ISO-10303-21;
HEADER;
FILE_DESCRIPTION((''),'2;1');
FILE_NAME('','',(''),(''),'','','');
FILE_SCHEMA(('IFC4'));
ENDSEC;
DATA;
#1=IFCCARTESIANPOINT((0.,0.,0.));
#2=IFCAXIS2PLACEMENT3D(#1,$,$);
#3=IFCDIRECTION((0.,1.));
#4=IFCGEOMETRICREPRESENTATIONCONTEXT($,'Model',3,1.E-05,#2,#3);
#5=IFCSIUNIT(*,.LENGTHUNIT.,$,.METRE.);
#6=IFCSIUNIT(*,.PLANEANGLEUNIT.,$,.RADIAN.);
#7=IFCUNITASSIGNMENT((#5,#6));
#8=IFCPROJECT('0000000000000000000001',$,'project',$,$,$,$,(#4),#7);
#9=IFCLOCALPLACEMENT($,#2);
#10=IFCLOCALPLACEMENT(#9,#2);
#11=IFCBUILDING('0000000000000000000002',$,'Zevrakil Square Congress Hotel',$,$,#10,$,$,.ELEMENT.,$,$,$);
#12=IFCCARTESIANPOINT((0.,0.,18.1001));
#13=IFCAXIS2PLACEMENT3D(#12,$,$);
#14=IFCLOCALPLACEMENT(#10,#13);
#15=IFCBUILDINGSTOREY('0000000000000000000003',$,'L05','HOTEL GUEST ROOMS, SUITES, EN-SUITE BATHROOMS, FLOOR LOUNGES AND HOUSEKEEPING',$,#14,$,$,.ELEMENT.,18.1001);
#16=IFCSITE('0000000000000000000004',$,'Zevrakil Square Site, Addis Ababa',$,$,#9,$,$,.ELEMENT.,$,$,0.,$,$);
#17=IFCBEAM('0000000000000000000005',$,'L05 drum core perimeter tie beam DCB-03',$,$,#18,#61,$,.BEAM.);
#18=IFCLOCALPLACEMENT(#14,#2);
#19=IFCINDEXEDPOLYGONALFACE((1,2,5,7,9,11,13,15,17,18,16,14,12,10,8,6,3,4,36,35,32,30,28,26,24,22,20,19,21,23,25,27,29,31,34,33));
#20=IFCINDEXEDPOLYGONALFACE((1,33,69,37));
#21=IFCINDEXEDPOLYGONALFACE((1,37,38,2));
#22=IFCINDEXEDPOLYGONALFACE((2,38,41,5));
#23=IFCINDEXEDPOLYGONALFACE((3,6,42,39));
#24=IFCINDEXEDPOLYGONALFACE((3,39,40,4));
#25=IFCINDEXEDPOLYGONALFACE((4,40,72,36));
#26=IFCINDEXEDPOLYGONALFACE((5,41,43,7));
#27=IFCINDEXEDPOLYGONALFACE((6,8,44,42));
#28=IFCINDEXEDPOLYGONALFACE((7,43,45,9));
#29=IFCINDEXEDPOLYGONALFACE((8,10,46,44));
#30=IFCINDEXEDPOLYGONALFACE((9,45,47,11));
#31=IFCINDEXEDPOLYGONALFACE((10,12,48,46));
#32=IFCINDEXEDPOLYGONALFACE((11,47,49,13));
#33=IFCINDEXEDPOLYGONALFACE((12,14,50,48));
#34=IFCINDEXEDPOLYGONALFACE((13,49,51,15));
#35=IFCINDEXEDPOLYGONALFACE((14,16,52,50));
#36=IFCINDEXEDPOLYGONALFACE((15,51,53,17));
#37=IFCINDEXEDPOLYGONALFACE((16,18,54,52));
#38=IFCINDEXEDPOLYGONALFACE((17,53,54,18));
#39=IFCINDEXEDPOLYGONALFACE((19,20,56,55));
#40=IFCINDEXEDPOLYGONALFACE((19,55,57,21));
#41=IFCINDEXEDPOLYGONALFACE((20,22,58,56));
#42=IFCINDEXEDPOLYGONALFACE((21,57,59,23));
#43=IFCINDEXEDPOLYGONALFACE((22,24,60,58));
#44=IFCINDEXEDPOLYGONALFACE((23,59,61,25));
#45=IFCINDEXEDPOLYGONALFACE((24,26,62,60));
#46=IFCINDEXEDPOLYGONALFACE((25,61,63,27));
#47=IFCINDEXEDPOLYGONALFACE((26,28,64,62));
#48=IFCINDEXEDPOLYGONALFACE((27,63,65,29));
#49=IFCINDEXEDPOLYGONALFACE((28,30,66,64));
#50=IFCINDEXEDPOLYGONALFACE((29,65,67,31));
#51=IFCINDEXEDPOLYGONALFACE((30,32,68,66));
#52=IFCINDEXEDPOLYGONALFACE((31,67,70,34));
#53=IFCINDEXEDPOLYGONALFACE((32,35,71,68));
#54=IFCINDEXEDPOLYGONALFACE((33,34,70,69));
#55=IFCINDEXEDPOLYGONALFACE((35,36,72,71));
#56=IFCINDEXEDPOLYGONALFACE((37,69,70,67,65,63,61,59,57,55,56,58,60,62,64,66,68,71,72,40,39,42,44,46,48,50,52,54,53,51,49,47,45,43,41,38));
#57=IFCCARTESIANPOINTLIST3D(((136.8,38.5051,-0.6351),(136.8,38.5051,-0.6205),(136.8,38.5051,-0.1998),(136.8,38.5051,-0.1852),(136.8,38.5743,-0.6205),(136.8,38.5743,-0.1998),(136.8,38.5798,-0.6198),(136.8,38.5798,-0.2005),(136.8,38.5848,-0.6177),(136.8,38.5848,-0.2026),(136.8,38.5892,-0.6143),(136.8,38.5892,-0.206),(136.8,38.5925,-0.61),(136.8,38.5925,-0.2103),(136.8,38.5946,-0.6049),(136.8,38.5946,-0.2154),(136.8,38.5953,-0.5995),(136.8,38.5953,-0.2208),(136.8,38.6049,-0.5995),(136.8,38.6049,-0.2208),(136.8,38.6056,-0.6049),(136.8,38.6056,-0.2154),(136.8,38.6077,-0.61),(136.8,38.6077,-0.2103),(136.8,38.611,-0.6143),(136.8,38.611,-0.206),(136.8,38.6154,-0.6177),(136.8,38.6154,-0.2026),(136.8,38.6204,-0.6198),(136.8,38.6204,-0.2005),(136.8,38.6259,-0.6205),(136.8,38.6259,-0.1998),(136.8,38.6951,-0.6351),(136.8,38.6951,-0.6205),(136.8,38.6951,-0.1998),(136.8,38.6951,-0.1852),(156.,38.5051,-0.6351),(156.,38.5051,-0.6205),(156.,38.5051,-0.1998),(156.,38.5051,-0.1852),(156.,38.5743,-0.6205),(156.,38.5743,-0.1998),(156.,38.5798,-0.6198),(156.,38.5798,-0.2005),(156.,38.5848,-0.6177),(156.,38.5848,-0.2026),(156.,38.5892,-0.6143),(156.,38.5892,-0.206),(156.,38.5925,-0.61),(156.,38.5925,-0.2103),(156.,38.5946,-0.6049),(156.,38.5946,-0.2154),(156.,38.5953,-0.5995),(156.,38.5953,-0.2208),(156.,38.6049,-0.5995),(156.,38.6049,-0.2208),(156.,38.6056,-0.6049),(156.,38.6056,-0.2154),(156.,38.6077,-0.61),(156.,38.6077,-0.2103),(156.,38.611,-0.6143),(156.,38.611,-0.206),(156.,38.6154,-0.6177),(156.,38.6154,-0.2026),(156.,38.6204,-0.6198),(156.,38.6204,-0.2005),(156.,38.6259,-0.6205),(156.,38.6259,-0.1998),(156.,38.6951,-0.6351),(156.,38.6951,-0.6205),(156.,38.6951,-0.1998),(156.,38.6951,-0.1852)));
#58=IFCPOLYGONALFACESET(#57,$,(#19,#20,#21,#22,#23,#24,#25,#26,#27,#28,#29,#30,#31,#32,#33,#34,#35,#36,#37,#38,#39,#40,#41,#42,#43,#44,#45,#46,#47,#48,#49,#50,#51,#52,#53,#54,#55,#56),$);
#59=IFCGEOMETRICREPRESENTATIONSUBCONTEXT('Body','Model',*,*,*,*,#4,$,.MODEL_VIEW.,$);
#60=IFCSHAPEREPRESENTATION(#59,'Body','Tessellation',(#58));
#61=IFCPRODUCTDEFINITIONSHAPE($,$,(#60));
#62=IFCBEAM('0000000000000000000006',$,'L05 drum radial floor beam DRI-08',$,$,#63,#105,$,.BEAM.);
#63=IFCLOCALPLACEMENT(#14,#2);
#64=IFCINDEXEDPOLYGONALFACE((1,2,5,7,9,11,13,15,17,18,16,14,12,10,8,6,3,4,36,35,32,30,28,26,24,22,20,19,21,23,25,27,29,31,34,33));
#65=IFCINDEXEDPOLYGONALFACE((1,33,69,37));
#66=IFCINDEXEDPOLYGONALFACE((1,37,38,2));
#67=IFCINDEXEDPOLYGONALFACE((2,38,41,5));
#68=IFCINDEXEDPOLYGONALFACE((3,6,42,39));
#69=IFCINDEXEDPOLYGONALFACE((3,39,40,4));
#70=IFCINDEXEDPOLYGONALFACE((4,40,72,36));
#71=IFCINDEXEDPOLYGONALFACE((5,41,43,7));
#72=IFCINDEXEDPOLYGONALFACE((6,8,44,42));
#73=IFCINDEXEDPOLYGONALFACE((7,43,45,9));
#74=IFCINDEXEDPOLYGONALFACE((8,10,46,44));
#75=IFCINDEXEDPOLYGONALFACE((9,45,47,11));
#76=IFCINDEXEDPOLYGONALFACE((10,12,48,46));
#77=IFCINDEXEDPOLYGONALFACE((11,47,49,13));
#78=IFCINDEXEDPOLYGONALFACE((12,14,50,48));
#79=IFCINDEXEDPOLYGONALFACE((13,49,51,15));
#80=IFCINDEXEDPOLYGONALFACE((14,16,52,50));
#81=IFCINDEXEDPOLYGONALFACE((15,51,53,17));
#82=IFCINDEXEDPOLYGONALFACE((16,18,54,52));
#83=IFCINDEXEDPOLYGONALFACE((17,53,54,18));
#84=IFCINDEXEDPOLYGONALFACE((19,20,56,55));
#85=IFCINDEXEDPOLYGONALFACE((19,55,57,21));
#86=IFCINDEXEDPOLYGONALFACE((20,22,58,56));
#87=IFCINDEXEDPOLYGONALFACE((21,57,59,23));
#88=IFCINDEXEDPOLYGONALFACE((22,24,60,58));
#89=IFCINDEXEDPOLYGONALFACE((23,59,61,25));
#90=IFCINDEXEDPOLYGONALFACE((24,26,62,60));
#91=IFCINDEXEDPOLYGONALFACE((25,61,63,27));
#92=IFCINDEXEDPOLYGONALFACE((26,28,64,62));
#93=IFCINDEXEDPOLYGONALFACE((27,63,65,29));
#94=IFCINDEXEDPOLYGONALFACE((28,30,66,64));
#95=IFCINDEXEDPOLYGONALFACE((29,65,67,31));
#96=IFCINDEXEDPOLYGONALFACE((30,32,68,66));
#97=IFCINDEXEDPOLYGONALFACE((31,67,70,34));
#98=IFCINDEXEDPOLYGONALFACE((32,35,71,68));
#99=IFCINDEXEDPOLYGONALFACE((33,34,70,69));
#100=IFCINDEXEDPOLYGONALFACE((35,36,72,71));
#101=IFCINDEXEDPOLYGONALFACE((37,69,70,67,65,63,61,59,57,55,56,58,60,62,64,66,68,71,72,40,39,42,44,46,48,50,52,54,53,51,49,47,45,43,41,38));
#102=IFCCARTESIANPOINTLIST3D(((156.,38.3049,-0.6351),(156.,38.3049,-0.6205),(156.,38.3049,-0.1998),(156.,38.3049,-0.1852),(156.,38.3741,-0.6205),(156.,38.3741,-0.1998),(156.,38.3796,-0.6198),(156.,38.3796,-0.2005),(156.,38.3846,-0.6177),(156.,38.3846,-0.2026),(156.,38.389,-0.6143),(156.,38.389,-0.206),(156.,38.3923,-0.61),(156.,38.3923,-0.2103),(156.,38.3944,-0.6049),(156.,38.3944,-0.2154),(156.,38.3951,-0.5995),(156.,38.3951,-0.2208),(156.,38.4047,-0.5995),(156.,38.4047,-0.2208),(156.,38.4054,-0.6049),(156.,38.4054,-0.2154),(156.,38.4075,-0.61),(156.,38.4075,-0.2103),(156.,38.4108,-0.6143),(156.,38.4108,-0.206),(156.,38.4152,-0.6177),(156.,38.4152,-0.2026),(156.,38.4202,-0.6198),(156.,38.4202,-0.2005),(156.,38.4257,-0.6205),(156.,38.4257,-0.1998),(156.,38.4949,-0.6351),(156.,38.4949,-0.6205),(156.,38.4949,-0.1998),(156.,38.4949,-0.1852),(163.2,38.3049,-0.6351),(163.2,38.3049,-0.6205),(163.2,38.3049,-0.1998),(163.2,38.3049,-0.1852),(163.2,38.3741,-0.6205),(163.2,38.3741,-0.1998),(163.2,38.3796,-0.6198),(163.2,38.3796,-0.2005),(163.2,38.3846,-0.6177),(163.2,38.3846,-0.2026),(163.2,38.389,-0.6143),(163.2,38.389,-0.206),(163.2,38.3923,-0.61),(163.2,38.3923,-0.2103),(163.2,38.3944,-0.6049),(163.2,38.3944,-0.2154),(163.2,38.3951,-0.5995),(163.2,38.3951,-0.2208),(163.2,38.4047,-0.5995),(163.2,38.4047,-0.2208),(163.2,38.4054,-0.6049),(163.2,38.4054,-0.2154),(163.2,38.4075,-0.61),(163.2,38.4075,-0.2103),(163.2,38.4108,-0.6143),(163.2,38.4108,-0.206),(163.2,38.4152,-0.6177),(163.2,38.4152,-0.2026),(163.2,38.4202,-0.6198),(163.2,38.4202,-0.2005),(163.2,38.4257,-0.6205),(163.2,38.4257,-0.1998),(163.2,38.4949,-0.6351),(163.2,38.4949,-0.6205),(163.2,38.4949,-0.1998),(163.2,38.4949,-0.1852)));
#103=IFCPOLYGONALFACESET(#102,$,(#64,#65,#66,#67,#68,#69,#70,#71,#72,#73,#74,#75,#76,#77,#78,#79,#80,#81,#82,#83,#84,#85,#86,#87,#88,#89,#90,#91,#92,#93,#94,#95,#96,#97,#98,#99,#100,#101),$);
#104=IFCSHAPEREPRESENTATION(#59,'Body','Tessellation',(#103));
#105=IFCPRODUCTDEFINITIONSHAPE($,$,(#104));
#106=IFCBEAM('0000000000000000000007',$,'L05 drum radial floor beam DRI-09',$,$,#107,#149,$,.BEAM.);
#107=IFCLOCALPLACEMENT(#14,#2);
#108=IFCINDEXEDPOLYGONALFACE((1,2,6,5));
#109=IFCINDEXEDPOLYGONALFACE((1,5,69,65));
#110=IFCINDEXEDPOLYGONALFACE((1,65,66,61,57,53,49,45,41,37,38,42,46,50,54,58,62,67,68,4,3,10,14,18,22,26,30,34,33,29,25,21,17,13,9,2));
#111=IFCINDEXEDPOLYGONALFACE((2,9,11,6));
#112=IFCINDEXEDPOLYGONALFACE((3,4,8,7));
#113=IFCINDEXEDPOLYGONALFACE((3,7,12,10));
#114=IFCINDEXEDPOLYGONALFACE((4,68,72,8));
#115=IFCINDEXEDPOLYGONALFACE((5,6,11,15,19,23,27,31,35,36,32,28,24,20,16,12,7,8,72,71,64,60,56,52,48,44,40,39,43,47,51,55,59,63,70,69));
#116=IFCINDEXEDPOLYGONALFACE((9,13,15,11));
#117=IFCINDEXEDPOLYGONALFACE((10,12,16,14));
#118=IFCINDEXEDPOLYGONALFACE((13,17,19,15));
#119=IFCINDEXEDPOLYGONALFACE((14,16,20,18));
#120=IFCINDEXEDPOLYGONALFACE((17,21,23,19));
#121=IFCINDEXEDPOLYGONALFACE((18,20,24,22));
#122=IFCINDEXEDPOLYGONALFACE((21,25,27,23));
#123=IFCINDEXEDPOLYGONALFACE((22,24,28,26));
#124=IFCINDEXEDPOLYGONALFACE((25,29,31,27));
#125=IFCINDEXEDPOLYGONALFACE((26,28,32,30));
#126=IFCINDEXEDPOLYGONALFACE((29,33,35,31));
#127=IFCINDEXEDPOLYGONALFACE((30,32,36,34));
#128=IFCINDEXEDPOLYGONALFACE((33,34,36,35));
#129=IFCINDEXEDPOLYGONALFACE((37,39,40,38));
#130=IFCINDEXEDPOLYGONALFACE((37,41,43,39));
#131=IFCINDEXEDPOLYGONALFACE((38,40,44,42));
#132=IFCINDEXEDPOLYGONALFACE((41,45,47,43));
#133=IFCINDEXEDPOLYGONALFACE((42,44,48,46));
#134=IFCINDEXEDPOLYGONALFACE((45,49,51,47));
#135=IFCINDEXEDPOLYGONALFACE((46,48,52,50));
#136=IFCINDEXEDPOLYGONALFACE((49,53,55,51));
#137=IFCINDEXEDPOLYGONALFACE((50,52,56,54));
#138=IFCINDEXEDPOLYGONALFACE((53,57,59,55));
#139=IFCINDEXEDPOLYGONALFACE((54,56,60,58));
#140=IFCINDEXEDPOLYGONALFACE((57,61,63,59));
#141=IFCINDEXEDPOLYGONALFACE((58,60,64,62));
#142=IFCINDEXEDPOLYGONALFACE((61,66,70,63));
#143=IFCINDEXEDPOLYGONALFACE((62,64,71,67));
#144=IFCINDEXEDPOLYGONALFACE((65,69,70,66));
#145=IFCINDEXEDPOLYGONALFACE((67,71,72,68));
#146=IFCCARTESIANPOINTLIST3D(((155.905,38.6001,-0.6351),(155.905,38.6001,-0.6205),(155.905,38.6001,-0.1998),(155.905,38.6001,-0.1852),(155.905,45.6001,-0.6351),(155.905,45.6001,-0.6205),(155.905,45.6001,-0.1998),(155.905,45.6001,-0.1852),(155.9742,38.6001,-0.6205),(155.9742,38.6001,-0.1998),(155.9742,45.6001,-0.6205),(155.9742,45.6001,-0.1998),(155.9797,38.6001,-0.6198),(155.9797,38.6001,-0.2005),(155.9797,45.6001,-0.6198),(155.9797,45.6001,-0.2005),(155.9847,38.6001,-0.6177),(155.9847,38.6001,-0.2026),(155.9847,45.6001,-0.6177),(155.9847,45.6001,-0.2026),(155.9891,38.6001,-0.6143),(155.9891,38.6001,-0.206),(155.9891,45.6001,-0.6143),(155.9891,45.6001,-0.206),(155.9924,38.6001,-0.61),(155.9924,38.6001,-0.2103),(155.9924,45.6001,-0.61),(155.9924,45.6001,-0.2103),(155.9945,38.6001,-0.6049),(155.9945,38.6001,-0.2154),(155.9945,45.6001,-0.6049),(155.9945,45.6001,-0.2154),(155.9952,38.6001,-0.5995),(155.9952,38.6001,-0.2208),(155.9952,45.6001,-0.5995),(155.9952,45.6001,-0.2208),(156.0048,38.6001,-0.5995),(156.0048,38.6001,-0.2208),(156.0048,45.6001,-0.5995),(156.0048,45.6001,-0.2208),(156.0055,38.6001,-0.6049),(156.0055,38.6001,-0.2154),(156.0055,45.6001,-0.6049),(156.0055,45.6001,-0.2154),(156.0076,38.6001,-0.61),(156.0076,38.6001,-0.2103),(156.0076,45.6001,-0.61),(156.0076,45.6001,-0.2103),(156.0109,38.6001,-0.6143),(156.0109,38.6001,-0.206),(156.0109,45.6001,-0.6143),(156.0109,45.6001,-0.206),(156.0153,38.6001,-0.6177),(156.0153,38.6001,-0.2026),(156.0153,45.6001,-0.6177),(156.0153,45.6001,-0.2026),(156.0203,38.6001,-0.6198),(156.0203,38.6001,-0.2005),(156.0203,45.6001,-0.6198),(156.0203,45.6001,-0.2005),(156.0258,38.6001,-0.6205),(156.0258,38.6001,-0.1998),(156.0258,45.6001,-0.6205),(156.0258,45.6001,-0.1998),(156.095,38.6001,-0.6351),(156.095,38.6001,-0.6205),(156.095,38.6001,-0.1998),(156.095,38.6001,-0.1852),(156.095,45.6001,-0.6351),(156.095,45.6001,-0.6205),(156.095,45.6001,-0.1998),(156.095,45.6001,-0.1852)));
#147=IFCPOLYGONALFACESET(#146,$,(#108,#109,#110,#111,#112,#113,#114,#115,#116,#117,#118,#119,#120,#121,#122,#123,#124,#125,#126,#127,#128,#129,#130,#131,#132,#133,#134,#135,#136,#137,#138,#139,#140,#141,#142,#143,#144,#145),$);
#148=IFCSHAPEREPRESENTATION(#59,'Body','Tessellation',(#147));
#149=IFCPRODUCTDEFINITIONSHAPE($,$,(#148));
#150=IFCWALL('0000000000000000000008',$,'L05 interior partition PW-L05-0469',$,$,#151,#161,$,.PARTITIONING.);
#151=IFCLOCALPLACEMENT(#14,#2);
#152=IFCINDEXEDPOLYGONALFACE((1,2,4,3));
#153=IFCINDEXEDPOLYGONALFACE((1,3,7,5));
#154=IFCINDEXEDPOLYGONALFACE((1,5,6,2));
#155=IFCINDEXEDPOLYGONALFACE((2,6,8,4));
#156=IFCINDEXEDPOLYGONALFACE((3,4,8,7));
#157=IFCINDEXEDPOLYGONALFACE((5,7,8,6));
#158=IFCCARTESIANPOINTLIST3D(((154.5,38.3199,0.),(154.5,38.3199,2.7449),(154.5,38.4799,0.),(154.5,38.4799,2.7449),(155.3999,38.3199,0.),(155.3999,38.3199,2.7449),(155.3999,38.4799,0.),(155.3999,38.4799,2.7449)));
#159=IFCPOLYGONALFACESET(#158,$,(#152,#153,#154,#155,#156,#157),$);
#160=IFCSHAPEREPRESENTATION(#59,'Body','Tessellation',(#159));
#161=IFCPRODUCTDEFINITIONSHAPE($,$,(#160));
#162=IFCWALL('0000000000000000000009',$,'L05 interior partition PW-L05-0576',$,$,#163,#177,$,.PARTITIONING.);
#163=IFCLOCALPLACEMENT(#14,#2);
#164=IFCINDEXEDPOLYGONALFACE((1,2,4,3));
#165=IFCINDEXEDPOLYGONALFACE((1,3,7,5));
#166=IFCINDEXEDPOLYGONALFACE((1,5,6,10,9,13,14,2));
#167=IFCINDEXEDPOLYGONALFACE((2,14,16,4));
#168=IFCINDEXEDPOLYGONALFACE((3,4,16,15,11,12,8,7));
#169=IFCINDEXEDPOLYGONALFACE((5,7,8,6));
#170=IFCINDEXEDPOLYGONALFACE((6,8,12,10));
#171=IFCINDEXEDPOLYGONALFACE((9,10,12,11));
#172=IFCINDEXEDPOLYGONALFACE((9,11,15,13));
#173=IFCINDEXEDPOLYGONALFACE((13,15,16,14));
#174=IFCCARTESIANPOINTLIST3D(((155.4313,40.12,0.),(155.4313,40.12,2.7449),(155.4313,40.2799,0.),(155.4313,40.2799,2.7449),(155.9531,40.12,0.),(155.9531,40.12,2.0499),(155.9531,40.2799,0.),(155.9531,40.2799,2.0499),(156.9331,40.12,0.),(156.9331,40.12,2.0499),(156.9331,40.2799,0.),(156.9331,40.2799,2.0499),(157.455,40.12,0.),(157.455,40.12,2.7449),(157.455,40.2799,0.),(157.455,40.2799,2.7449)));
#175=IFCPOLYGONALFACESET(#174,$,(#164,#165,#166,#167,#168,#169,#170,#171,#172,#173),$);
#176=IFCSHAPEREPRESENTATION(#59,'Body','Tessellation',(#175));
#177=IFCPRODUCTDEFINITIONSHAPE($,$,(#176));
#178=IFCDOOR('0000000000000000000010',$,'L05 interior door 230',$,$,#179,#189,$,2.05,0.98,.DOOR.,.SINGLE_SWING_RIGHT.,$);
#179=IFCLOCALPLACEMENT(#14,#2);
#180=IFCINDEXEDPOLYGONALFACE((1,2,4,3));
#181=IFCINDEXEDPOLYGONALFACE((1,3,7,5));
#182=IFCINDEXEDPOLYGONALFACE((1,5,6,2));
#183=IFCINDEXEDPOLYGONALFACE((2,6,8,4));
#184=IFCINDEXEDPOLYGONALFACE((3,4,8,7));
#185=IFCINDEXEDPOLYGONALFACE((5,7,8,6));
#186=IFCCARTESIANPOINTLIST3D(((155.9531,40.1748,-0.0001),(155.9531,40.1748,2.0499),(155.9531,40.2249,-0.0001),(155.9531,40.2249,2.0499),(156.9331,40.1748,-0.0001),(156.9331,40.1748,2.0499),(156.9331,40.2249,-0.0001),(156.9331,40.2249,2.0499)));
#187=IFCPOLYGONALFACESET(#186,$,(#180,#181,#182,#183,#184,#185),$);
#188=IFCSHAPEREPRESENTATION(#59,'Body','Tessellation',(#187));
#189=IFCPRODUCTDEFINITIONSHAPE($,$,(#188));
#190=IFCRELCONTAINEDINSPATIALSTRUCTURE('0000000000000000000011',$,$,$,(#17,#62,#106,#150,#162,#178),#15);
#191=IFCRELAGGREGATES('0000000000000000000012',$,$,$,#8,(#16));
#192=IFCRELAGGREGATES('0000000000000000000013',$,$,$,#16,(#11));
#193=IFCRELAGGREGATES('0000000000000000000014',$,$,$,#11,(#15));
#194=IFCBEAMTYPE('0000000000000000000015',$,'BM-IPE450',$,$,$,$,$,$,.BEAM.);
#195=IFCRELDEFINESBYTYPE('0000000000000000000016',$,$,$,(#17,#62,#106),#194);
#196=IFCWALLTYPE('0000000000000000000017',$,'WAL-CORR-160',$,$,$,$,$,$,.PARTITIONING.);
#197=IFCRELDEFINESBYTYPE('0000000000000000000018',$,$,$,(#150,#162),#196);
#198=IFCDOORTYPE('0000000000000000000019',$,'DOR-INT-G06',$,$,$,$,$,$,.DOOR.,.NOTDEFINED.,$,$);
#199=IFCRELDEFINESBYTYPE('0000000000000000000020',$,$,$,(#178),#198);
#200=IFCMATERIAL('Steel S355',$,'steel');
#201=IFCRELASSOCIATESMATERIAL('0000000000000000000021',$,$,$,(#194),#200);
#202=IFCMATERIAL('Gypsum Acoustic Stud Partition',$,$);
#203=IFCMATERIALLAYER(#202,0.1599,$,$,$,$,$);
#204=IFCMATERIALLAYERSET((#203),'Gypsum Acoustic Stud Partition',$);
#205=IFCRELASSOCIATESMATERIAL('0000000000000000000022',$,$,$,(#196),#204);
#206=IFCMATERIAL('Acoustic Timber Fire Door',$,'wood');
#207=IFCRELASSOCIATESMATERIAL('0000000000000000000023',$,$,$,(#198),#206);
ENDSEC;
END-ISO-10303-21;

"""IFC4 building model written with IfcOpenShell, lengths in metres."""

from ifc_helpers import new_model, si_unit, direction, frame, frame_2d, origin, origin_2d, place, context, subcontext, project, spatial, rectangle, i_section, extrude, material, layer, layer_set, material_profile, profile_set, type_object, element, fill, save


model = new_model("IFC4")

# Units and contexts
model_context = context("Model", 3, precision=1e-05, world=origin(), true_north=direction((0.0, 1.0)))
body_context = subcontext(model_context, "Body", "Model", "MODEL_VIEW")
ifc_project = project(units=[si_unit("LENGTHUNIT", "METRE"), si_unit("PLANEANGLEUNIT", "RADIAN")], contexts=[model_context])

# Site, building, storey
site_placement = place(None, origin())
site = spatial("IfcSite", under=ifc_project, at=site_placement, Name="Zevrakil Square Site, Addis Ababa", CompositionType="ELEMENT", RefElevation=0.0)
building_placement = place(site_placement, origin())
building = spatial("IfcBuilding", under=site, at=building_placement, Name="Zevrakil Square Congress Hotel", CompositionType="ELEMENT")
storey_placement = place(building_placement, frame((0.0, 0.0, 18.1001)))
storey = spatial("IfcBuildingStorey", under=building, at=storey_placement, Name="L05", Description="HOTEL GUEST ROOMS, SUITES, EN-SUITE BATHROOMS, FLOOR LOUNGES AND HOUSEKEEPING", CompositionType="ELEMENT", Elevation=18.1001)

# Beams
ifc_material_1 = material(Name="Steel S355", Category="steel")
ifc_material_profile_1 = material_profile(ifc_material_1, i_section(OverallWidth=0.1899, OverallDepth=0.45, WebThickness=0.0095, FlangeThickness=0.0146, FilletRadius=0.021, at=origin_2d()), Name="IPE 450")
ifc_profile_set_1 = profile_set([ifc_material_profile_1], Name="Steel S355")
beam_type = type_object("IfcBeamType", Name="BM-IPE450", PredefinedType="BEAM", material=ifc_profile_set_1)
beam_1_placement = place(storey_placement, frame((156.0, 38.6001, -0.4102), z_axis=(-1.0, 0.0, 0.0), x_axis=(0.0, -1.0, 0.0)))
element("IfcBeam", 1, at=beam_1_placement, inside=storey, type_object=beam_type, Name="L05 drum core perimeter tie beam DCB-03", PredefinedType="BEAM", context=body_context, shape_type="SweptSolid", body=[
    extrude(i_section(OverallWidth=0.1899, OverallDepth=0.45, WebThickness=0.0095, FlangeThickness=0.0146, FilletRadius=0.021, at=origin_2d()), origin(), (0.0, 0.0, 1.0), 19.2),
])
beam_2_placement = place(storey_placement, frame((156.0, 38.3999, -0.4102), z_axis=(1.0, 0.0, 0.0), x_axis=(0.0, 1.0, 0.0)))
element("IfcBeam", 2, at=beam_2_placement, inside=storey, type_object=beam_type, Name="L05 drum radial floor beam DRI-08", PredefinedType="BEAM", context=body_context, shape_type="SweptSolid", body=[
    extrude(i_section(OverallWidth=0.1899, OverallDepth=0.45, WebThickness=0.0095, FlangeThickness=0.0146, FilletRadius=0.021, at=origin_2d()), origin(), (0.0, 0.0, 1.0), 7.2),
])
beam_3_placement = place(storey_placement, frame((156.0, 38.6001, -0.4102), z_axis=(0.0, 1.0, 0.0), x_axis=(-1.0, 0.0, 0.0)))
element("IfcBeam", 3, at=beam_3_placement, inside=storey, type_object=beam_type, Name="L05 drum radial floor beam DRI-09", PredefinedType="BEAM", context=body_context, shape_type="SweptSolid", body=[
    extrude(i_section(OverallWidth=0.1899, OverallDepth=0.45, WebThickness=0.0095, FlangeThickness=0.0146, FilletRadius=0.021, at=origin_2d()), origin(), (0.0, 0.0, 1.0), 7.0),
])

# Wall
ifc_material_2 = material(Name="Gypsum Acoustic Stud Partition")
ifc_layer_1 = layer(ifc_material_2, 0.1599)
ifc_layer_set_1 = layer_set([ifc_layer_1], Name="Gypsum Acoustic Stud Partition")
wall_type_1 = type_object("IfcWallType", Name="WAL-CORR-160", PredefinedType="PARTITIONING", material=ifc_layer_set_1)
wall_1_placement = place(storey_placement, frame((154.5, 38.3999, 0.0), z_axis=(0.0, 0.0, 1.0), x_axis=(1.0, 0.0, 0.0)))
element("IfcWall", 4, at=wall_1_placement, inside=storey, type_object=wall_type_1, Name="L05 interior partition PW-L05-0469", PredefinedType="PARTITIONING", context=body_context, shape_type="SweptSolid", body=[
    extrude(rectangle(XDim=0.8999, YDim=0.1599, at=frame_2d((0.45, 0.0))), origin(), (0.0, 0.0, 1.0), 2.7449),
])

# Wall, opening, door
wall_2_placement = place(storey_placement, frame((155.4314, 40.2, 0.0), z_axis=(0.0, 0.0, 1.0), x_axis=(1.0, 0.0, 0.0)))
wall_2 = element("IfcWall", 5, at=wall_2_placement, inside=storey, type_object=wall_type_1, Name="L05 interior partition PW-L05-0576", PredefinedType="PARTITIONING", context=body_context, shape_type="SweptSolid", body=[
    extrude(rectangle(XDim=2.0237, YDim=0.1599, at=frame_2d((1.0117, 0.0))), origin(), (0.0, 0.0, 1.0), 2.7449),
])
opening_1_placement = place(wall_2_placement, frame((0.5217, 0.0, 0.0)))
opening_1 = element("IfcOpeningElement", 6, at=opening_1_placement, cuts=wall_2, PredefinedType="OPENING", context=body_context, shape_type="SweptSolid", body=[
    extrude(rectangle(XDim=0.98, YDim=2.05, at=frame_2d((0.49, 1.0249))), frame((0.0, 0.0898, 0.0), z_axis=(0.0, -1.0, 0.0), x_axis=(1.0, 0.0, 0.0)), (0.0, 0.0, 1.0), 0.1799),
])
ifc_material_3 = material(Name="Acoustic Timber Fire Door", Category="wood")
door_type_1 = type_object("IfcDoorType", Name="DOR-INT-G06", OperationType="NOTDEFINED", PredefinedType="DOOR", material=ifc_material_3)
door_1_placement = place(opening_1_placement, origin())
door_1 = element("IfcDoor", 7, at=door_1_placement, inside=storey, type_object=door_type_1, Name="L05 interior door 230", OperationType="SINGLE_SWING_RIGHT", OverallHeight=2.05, OverallWidth=0.98, PredefinedType="DOOR", context=body_context, shape_type="SweptSolid", body=[
    extrude(rectangle(XDim=0.98, YDim=2.05, at=frame_2d((0.49, 1.0249))), frame((0.0, 0.0249, 0.0), z_axis=(0.0, -1.0, 0.0), x_axis=(1.0, 0.0, 0.0)), (0.0, 0.0, 1.0), 0.05),
])
fill(opening_1, door_1)

save(model, "model.ifc")
